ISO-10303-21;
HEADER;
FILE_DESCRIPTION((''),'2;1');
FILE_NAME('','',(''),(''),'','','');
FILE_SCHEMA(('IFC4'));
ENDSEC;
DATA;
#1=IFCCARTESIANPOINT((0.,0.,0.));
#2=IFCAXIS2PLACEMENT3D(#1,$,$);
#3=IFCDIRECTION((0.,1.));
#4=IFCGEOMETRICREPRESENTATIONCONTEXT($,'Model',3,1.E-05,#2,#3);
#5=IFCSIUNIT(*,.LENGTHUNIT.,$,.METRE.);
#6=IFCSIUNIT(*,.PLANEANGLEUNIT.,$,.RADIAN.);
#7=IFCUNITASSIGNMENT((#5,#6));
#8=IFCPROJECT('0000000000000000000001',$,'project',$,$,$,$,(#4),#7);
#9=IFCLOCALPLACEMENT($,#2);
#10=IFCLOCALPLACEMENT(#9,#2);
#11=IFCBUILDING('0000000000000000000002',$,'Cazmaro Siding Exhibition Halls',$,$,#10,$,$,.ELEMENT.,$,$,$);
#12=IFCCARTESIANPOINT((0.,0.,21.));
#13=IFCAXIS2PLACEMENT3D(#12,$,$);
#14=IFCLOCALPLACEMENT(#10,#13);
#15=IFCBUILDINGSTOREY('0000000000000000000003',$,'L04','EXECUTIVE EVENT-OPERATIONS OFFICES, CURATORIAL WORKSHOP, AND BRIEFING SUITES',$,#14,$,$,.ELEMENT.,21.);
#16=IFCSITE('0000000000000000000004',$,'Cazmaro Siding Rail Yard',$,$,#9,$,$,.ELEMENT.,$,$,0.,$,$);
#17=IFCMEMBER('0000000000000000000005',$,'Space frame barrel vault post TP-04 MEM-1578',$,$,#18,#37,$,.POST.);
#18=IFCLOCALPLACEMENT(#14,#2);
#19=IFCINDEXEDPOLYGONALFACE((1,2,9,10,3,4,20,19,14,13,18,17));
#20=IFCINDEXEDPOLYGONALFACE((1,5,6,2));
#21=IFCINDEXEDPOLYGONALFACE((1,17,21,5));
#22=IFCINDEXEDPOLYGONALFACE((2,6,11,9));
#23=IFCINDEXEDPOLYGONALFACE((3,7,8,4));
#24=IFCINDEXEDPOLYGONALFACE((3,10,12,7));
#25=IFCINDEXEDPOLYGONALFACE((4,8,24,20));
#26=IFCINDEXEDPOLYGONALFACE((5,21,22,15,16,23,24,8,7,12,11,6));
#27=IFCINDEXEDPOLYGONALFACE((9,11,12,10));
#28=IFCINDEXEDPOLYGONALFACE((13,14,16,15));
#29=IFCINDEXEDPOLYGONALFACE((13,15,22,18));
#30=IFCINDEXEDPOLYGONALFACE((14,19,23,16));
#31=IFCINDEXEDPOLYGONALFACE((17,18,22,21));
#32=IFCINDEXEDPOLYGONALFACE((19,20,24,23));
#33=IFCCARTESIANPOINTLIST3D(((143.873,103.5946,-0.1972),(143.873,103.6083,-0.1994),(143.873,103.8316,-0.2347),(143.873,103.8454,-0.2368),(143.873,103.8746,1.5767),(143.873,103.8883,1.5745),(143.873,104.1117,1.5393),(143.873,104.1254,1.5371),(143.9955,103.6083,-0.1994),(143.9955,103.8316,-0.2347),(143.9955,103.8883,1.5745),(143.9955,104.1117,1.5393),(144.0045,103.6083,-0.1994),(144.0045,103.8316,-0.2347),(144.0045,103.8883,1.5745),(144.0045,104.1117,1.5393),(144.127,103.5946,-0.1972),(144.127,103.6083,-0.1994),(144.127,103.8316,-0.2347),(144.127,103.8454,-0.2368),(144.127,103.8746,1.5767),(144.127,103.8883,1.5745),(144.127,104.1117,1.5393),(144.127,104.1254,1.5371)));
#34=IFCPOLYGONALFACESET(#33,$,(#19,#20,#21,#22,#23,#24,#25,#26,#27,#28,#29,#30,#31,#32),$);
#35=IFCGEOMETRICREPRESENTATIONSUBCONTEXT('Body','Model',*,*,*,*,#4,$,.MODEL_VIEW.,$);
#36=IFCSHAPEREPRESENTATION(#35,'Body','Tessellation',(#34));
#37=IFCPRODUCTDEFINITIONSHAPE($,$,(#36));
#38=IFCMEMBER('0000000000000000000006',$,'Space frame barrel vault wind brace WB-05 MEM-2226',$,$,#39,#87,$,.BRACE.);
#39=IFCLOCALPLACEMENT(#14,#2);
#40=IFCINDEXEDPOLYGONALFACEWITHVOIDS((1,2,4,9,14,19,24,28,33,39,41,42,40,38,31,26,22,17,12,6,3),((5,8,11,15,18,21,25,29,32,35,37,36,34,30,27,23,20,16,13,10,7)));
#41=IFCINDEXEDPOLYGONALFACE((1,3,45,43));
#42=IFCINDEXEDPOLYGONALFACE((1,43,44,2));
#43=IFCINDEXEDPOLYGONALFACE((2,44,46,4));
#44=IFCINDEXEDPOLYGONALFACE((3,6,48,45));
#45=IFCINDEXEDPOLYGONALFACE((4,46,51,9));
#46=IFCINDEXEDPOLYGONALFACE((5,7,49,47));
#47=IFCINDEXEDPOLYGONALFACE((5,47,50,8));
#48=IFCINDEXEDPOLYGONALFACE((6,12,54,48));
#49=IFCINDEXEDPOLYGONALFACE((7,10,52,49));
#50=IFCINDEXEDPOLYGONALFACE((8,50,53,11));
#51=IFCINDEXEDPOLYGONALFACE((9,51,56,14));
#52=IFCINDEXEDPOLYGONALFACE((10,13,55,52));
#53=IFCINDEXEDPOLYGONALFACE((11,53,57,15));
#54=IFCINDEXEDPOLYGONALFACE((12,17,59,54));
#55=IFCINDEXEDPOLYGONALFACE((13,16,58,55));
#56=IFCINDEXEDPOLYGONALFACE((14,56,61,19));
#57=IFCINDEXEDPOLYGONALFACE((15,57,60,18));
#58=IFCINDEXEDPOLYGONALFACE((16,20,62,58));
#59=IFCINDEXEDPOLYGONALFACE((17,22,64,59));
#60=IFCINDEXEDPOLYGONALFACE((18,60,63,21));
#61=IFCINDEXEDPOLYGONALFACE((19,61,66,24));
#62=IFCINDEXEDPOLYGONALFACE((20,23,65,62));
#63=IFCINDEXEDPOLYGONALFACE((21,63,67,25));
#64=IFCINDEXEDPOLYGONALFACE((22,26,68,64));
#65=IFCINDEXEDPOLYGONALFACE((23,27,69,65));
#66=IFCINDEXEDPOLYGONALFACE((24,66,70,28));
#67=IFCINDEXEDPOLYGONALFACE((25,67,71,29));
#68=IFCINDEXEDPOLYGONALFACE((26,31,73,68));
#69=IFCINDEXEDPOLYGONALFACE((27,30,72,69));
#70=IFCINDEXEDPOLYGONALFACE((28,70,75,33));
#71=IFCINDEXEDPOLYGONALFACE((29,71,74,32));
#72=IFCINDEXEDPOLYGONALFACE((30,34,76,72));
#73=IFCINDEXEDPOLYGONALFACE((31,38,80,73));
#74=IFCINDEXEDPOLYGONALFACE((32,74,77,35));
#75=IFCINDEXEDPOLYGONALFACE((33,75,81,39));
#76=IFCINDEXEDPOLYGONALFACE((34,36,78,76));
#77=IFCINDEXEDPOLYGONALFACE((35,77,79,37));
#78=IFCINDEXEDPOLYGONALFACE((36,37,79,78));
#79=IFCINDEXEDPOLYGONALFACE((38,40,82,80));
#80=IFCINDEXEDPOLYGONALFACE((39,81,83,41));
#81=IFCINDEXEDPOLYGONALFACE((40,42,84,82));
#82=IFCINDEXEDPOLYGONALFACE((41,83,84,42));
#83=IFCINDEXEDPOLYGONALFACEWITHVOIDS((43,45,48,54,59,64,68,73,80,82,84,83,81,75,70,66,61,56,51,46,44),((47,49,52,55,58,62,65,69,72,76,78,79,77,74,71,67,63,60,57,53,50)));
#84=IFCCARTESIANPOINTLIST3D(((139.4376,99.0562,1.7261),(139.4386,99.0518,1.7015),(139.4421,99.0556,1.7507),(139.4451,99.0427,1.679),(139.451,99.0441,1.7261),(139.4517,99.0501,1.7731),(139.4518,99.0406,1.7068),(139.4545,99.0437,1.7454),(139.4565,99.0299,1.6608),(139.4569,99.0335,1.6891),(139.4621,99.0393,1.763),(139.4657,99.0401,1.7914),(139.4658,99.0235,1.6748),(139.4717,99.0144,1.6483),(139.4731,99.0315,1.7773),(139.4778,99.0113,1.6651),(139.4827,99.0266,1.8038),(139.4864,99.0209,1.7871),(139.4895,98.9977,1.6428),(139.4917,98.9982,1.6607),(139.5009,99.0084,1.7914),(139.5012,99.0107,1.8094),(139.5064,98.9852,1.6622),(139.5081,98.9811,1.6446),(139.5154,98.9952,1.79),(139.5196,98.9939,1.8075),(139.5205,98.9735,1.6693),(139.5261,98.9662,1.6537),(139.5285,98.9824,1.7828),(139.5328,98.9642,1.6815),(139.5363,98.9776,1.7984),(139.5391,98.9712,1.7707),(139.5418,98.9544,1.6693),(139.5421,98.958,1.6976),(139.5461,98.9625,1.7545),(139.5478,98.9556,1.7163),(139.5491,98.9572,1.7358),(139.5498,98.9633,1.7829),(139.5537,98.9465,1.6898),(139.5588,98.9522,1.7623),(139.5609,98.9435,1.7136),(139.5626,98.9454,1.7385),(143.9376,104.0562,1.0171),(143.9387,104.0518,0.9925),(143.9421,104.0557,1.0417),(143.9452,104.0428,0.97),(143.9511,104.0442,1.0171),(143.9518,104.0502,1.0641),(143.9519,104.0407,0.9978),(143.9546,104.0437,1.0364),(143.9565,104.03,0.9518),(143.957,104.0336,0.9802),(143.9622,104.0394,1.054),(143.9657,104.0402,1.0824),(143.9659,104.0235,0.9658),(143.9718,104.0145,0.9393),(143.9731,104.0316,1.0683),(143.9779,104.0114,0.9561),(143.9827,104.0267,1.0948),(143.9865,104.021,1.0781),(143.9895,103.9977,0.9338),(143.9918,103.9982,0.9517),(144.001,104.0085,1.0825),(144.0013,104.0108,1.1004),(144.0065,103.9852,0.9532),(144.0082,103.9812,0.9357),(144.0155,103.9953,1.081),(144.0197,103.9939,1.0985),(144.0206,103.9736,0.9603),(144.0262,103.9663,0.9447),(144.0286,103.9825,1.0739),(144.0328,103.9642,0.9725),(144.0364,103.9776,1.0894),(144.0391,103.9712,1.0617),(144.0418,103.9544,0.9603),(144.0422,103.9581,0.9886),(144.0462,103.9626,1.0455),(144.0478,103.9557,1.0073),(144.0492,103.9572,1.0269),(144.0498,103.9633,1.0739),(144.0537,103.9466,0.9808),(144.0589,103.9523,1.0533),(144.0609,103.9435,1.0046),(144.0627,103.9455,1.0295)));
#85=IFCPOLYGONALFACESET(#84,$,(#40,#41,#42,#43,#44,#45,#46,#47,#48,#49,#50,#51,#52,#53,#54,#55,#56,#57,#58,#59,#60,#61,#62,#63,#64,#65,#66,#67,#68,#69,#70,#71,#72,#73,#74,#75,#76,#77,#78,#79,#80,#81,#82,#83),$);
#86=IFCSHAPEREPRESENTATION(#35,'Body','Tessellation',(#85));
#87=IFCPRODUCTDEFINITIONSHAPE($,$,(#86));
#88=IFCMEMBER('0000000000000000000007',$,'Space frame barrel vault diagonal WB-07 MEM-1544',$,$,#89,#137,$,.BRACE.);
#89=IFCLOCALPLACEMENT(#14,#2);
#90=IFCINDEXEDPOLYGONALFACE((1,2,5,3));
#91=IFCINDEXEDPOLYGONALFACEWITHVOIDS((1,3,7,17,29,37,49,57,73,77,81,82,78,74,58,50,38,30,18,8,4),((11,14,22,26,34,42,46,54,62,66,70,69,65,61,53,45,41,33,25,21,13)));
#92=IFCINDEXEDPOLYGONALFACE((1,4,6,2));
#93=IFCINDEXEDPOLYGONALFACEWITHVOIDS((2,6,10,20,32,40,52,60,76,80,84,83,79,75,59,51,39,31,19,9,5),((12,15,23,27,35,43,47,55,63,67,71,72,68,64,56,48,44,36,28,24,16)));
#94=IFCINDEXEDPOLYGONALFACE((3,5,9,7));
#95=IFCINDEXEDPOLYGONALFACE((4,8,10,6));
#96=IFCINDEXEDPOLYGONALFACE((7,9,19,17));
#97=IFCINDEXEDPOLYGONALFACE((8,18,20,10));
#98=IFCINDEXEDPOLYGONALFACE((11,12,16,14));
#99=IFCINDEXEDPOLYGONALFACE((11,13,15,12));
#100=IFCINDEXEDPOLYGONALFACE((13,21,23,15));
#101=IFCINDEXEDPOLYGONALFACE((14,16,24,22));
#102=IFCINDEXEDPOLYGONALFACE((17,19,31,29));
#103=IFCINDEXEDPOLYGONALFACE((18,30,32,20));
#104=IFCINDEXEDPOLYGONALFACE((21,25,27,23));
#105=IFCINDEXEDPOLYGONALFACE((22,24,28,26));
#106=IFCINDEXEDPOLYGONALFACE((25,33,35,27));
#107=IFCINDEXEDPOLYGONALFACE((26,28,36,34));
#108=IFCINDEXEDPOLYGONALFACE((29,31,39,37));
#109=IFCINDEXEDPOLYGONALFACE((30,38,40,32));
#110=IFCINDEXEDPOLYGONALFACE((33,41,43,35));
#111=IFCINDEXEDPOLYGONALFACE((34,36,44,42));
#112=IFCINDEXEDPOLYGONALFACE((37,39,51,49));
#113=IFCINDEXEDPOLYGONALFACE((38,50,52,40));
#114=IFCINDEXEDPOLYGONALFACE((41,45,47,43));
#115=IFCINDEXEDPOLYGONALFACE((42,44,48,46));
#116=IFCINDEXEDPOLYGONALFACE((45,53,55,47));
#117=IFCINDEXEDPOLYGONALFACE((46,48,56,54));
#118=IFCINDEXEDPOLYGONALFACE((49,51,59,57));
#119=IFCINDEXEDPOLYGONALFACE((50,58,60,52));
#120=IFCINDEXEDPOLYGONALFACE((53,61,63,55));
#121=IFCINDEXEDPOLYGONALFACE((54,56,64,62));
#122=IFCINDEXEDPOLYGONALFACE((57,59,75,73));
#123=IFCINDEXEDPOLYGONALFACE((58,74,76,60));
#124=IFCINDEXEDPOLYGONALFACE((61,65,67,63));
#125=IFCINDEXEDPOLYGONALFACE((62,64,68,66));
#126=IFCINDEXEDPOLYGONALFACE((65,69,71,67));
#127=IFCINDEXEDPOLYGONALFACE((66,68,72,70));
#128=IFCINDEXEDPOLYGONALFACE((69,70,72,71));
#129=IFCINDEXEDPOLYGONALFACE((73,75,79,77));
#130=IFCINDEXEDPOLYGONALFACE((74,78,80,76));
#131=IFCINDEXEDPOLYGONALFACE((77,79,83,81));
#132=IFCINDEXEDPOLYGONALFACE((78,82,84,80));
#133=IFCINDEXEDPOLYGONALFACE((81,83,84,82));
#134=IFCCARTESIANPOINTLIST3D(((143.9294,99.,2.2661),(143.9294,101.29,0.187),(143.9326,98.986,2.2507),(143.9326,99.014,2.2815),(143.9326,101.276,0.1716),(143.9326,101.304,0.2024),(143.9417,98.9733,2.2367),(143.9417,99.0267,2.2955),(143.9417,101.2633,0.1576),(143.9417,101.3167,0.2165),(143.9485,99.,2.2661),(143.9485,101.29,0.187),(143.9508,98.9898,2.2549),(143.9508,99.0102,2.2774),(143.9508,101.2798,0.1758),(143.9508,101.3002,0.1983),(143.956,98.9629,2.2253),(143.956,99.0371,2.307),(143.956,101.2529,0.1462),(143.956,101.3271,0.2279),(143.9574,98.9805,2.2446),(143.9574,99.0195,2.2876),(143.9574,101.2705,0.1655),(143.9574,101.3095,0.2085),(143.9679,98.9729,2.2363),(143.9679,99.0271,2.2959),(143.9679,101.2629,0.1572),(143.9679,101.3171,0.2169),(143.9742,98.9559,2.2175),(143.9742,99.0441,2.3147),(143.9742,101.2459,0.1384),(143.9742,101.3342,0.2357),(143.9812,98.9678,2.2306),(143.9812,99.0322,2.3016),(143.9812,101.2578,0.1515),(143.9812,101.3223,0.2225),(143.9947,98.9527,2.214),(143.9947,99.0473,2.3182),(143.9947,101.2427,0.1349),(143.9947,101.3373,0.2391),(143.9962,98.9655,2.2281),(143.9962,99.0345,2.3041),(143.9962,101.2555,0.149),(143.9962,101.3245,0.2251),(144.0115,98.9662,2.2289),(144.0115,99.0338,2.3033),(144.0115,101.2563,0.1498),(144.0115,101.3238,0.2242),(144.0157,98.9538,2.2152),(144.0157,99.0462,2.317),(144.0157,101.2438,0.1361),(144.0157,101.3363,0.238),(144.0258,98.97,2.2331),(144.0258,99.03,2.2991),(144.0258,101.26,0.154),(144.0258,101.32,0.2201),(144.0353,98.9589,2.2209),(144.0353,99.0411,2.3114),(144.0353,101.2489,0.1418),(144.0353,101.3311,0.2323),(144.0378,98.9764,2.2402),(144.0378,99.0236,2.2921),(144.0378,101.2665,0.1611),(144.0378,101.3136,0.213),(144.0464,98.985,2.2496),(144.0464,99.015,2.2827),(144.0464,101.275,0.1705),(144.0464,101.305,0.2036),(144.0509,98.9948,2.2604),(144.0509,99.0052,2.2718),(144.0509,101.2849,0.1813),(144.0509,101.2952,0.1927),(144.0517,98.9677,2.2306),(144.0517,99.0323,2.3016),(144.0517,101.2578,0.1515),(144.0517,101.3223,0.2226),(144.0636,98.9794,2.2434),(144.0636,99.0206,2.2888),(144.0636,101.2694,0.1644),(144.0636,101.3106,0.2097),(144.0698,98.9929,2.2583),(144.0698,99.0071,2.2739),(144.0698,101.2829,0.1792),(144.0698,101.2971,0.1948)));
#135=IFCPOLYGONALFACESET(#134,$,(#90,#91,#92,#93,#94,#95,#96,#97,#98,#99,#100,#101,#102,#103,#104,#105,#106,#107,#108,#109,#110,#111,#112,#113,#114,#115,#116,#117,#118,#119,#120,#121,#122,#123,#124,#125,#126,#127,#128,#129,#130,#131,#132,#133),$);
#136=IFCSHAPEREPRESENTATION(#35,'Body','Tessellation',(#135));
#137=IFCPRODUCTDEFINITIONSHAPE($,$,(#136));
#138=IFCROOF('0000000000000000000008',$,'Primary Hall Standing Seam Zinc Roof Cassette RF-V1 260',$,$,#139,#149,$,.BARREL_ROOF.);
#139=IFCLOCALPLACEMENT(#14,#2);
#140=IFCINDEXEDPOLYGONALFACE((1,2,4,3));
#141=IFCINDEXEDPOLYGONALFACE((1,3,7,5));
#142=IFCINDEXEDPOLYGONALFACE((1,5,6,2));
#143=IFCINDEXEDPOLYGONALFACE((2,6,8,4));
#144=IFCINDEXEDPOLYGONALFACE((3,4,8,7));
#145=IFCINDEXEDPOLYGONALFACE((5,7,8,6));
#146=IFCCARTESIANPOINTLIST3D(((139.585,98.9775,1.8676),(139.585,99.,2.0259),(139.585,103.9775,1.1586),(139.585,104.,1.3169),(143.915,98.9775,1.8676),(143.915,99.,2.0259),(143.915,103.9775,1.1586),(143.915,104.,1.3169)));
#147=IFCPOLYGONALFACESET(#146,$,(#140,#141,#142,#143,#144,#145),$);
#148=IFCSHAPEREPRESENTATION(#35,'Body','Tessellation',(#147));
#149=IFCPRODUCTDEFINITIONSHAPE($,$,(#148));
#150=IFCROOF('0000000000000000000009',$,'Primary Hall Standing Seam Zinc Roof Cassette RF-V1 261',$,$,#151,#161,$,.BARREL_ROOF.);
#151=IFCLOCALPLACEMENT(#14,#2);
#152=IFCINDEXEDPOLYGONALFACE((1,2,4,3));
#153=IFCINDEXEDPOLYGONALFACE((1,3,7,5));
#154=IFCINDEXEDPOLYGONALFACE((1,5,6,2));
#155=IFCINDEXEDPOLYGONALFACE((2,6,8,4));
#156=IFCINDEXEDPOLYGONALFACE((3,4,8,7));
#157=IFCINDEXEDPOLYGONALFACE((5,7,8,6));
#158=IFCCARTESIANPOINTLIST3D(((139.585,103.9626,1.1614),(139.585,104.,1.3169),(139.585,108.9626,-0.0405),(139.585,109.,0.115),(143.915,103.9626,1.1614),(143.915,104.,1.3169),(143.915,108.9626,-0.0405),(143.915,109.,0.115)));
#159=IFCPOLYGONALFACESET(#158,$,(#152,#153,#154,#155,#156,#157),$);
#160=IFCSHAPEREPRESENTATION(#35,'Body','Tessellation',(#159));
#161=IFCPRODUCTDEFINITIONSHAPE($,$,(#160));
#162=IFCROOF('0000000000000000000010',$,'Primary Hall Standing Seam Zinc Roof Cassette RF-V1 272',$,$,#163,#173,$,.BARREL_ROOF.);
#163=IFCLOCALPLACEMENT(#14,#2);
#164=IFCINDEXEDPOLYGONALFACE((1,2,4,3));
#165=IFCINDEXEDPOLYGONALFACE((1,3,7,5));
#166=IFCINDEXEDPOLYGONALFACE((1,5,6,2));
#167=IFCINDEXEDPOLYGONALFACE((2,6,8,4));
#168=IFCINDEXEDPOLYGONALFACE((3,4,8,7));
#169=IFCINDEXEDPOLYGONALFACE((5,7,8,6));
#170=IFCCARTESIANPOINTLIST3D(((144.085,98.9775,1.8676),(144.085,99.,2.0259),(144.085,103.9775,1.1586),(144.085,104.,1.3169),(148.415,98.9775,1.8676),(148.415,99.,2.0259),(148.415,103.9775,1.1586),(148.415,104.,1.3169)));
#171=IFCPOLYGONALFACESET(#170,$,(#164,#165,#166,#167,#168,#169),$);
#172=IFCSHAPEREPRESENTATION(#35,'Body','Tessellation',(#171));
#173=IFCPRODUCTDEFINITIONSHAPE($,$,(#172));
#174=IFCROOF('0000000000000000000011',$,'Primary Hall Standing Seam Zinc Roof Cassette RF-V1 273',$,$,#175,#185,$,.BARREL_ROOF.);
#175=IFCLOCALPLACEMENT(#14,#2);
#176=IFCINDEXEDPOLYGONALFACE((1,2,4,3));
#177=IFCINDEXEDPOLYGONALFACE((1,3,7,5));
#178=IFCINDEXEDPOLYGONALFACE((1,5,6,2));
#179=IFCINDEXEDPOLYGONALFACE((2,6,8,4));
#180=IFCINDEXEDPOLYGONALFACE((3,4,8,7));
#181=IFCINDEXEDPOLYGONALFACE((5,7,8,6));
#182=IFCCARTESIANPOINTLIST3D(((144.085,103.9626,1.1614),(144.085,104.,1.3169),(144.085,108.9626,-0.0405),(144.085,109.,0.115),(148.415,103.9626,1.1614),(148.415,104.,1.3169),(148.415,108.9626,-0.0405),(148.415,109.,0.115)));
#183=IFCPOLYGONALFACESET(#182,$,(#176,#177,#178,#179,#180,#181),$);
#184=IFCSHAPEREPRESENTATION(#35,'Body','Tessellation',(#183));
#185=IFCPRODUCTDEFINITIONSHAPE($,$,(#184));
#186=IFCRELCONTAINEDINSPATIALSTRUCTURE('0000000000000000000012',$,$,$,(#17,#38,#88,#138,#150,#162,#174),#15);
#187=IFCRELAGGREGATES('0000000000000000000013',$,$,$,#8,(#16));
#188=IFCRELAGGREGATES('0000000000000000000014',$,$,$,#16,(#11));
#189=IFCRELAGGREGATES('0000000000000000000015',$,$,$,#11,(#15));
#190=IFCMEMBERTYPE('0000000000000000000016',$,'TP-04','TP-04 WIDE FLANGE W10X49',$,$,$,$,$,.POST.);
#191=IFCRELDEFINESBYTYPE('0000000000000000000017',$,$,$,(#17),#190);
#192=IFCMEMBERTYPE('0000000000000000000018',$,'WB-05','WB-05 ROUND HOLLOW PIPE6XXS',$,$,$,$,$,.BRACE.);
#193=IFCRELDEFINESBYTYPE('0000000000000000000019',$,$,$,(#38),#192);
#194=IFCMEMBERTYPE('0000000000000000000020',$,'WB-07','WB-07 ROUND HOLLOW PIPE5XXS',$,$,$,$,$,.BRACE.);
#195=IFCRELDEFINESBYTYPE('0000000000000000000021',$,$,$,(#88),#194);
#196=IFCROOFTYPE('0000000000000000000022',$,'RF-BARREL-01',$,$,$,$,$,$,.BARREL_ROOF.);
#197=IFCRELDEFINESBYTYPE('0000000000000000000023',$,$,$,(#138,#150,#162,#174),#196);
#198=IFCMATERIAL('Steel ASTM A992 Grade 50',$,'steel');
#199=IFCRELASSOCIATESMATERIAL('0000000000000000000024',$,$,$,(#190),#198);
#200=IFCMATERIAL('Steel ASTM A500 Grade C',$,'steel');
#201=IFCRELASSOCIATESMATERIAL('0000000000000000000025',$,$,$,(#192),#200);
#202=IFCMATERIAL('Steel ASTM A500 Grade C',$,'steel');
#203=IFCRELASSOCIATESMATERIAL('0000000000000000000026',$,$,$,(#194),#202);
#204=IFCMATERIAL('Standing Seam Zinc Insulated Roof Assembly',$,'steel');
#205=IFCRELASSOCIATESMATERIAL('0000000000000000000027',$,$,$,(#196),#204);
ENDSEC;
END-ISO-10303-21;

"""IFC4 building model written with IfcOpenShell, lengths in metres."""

from ifc_helpers import new_model, si_unit, direction, frame, origin, origin_2d, place, context, subcontext, project, spatial, polyline, hollow_circle, i_section, outline, extrude, material, material_profile, profile_set, type_object, element, save


model = new_model("IFC4")

# Units and contexts
model_context = context("Model", 3, precision=1e-05, world=origin(), true_north=direction((0.0, 1.0)))
body_context = subcontext(model_context, "Body", "Model", "MODEL_VIEW")
ifc_project = project(units=[si_unit("LENGTHUNIT", "METRE"), si_unit("PLANEANGLEUNIT", "RADIAN")], contexts=[model_context])

# Site, building, storey
site_placement = place(None, origin())
site = spatial("IfcSite", under=ifc_project, at=site_placement, Name="Cazmaro Siding Rail Yard", CompositionType="ELEMENT", RefElevation=0.0)
building_placement = place(site_placement, origin())
building = spatial("IfcBuilding", under=site, at=building_placement, Name="Cazmaro Siding Exhibition Halls", CompositionType="ELEMENT")
storey_placement = place(building_placement, frame((0.0, 0.0, 21.0)))
storey = spatial("IfcBuildingStorey", under=building, at=storey_placement, Name="L04", Description="EXECUTIVE EVENT-OPERATIONS OFFICES, CURATORIAL WORKSHOP, AND BRIEFING SUITES", CompositionType="ELEMENT", Elevation=21.0)

# Members
ifc_material_1 = material(Name="Steel ASTM A992 Grade 50", Category="steel")
ifc_material_profile_1 = material_profile(ifc_material_1, i_section(OverallWidth=0.2539, OverallDepth=0.2539, WebThickness=0.009, FlangeThickness=0.0139, at=origin_2d()), Name="W10X49")
ifc_profile_set_1 = profile_set([ifc_material_profile_1], Name="Steel ASTM A992 Grade 50")
member_type_1 = type_object("IfcMemberType", Name="TP-04", Description="TP-04 WIDE FLANGE W10X49", PredefinedType="POST", material=ifc_profile_set_1)
member_1_placement = place(storey_placement, frame((144.0, 103.72, -0.217), z_axis=(0.0, 0.155928, 0.987768), x_axis=(-1.0, 0.0, 0.0)))
element("IfcMember", 1, at=member_1_placement, inside=storey, type_object=member_type_1, Name="Space frame barrel vault post TP-04 MEM-1578", PredefinedType="POST", context=body_context, shape_type="SweptSolid", body=[
    extrude(i_section(OverallWidth=0.2539, OverallDepth=0.2539, WebThickness=0.009, FlangeThickness=0.0139, at=origin_2d()), origin(), (0.0, 0.0, 1.0), 1.7959),
])
ifc_material_2 = material(Name="Steel ASTM A500 Grade C", Category="steel")
ifc_material_profile_2 = material_profile(ifc_material_2, hollow_circle(Radius=0.084, WallThickness=0.0181, at=origin_2d()), Name="PIPE6XXS")
ifc_profile_set_2 = profile_set([ifc_material_profile_2], Name="Steel ASTM A500 Grade C")
member_type_2 = type_object("IfcMemberType", Name="WB-05", Description="WB-05 ROUND HOLLOW PIPE6XXS", PredefinedType="BRACE", material=ifc_profile_set_2)
member_2_placement = place(storey_placement, frame((139.5, 99.0, 1.7261), z_axis=(0.66528, 0.7392, -0.104816), x_axis=(-0.743294, 0.668965, 0.0)))
element("IfcMember", 2, at=member_2_placement, inside=storey, type_object=member_type_2, Name="Space frame barrel vault wind brace WB-05 MEM-2226", PredefinedType="BRACE", context=body_context, shape_type="SweptSolid", body=[
    extrude(hollow_circle(Radius=0.084, WallThickness=0.0181, at=origin_2d()), origin(), (0.0, 0.0, 1.0), 6.7642),
])
ifc_material_3 = material(Name="Steel ASTM A500 Grade C", Category="steel")
ifc_material_profile_3 = material_profile(ifc_material_3, hollow_circle(Radius=0.0706, WallThickness=0.019, at=origin_2d()), Name="PIPE5XXS")
ifc_profile_set_3 = profile_set([ifc_material_profile_3], Name="Steel ASTM A500 Grade C")
member_type_3 = type_object("IfcMemberType", Name="WB-07", Description="WB-07 ROUND HOLLOW PIPE5XXS", PredefinedType="BRACE", material=ifc_profile_set_3)
member_3_placement = place(storey_placement, frame((144.0, 99.0, 2.2661), z_axis=(0.0, 0.740383, -0.672185), x_axis=(-1.0, 0.0, 0.0)))
element("IfcMember", 3, at=member_3_placement, inside=storey, type_object=member_type_3, Name="Space frame barrel vault diagonal WB-07 MEM-1544", PredefinedType="BRACE", context=body_context, shape_type="SweptSolid", body=[
    extrude(hollow_circle(Radius=0.0706, WallThickness=0.019, at=origin_2d()), origin(), (0.0, 0.0, 1.0), 3.093),
])

# Roofs
ifc_material_4 = material(Name="Standing Seam Zinc Insulated Roof Assembly", Category="steel")
roof_type = type_object("IfcRoofType", Name="RF-BARREL-01", PredefinedType="BARREL_ROOF", material=ifc_material_4)
roof_1_placement = place(storey_placement, frame((139.585, 99.0, 2.0259), z_axis=(0.0, 0.140393, 0.990096), x_axis=(1.0, 0.0, 0.0)))
element("IfcRoof", 4, at=roof_1_placement, inside=storey, type_object=roof_type, Name="Primary Hall Standing Seam Zinc Roof Cassette RF-V1 260", PredefinedType="BARREL_ROOF", context=body_context, shape_type="SweptSolid", body=[
    extrude(outline(polyline([(0.0, 0.0), (4.3301, 0.0), (4.3301, 5.05), (0.0, 5.05), (0.0, 0.0)])), origin(), (0.0, 0.0, -1.0), 0.1599),
])
roof_2_placement = place(storey_placement, frame((139.585, 104.0, 1.3169), z_axis=(0.0, 0.233723, 0.972303), x_axis=(1.0, 0.0, 0.0)))
element("IfcRoof", 5, at=roof_2_placement, inside=storey, type_object=roof_type, Name="Primary Hall Standing Seam Zinc Roof Cassette RF-V1 261", PredefinedType="BARREL_ROOF", context=body_context, shape_type="SweptSolid", body=[
    extrude(outline(polyline([(0.0, 0.0), (4.3301, 0.0), (4.3301, 5.1424), (0.0, 5.1424), (0.0, 0.0)])), origin(), (0.0, 0.0, -1.0), 0.1599),
])
roof_3_placement = place(storey_placement, frame((144.085, 99.0, 2.0259), z_axis=(0.0, 0.140393, 0.990096), x_axis=(1.0, 0.0, 0.0)))
element("IfcRoof", 6, at=roof_3_placement, inside=storey, type_object=roof_type, Name="Primary Hall Standing Seam Zinc Roof Cassette RF-V1 272", PredefinedType="BARREL_ROOF", context=body_context, shape_type="SweptSolid", body=[
    extrude(outline(polyline([(0.0, 0.0), (4.3301, 0.0), (4.3301, 5.05), (0.0, 5.05), (0.0, 0.0)])), origin(), (0.0, 0.0, -1.0), 0.1599),
])
roof_4_placement = place(storey_placement, frame((144.085, 104.0, 1.3169), z_axis=(0.0, 0.233723, 0.972303), x_axis=(1.0, 0.0, 0.0)))
element("IfcRoof", 7, at=roof_4_placement, inside=storey, type_object=roof_type, Name="Primary Hall Standing Seam Zinc Roof Cassette RF-V1 273", PredefinedType="BARREL_ROOF", context=body_context, shape_type="SweptSolid", body=[
    extrude(outline(polyline([(0.0, 0.0), (4.3301, 0.0), (4.3301, 5.1424), (0.0, 5.1424), (0.0, 0.0)])), origin(), (0.0, 0.0, -1.0), 0.1599),
])

save(model, "model.ifc")
